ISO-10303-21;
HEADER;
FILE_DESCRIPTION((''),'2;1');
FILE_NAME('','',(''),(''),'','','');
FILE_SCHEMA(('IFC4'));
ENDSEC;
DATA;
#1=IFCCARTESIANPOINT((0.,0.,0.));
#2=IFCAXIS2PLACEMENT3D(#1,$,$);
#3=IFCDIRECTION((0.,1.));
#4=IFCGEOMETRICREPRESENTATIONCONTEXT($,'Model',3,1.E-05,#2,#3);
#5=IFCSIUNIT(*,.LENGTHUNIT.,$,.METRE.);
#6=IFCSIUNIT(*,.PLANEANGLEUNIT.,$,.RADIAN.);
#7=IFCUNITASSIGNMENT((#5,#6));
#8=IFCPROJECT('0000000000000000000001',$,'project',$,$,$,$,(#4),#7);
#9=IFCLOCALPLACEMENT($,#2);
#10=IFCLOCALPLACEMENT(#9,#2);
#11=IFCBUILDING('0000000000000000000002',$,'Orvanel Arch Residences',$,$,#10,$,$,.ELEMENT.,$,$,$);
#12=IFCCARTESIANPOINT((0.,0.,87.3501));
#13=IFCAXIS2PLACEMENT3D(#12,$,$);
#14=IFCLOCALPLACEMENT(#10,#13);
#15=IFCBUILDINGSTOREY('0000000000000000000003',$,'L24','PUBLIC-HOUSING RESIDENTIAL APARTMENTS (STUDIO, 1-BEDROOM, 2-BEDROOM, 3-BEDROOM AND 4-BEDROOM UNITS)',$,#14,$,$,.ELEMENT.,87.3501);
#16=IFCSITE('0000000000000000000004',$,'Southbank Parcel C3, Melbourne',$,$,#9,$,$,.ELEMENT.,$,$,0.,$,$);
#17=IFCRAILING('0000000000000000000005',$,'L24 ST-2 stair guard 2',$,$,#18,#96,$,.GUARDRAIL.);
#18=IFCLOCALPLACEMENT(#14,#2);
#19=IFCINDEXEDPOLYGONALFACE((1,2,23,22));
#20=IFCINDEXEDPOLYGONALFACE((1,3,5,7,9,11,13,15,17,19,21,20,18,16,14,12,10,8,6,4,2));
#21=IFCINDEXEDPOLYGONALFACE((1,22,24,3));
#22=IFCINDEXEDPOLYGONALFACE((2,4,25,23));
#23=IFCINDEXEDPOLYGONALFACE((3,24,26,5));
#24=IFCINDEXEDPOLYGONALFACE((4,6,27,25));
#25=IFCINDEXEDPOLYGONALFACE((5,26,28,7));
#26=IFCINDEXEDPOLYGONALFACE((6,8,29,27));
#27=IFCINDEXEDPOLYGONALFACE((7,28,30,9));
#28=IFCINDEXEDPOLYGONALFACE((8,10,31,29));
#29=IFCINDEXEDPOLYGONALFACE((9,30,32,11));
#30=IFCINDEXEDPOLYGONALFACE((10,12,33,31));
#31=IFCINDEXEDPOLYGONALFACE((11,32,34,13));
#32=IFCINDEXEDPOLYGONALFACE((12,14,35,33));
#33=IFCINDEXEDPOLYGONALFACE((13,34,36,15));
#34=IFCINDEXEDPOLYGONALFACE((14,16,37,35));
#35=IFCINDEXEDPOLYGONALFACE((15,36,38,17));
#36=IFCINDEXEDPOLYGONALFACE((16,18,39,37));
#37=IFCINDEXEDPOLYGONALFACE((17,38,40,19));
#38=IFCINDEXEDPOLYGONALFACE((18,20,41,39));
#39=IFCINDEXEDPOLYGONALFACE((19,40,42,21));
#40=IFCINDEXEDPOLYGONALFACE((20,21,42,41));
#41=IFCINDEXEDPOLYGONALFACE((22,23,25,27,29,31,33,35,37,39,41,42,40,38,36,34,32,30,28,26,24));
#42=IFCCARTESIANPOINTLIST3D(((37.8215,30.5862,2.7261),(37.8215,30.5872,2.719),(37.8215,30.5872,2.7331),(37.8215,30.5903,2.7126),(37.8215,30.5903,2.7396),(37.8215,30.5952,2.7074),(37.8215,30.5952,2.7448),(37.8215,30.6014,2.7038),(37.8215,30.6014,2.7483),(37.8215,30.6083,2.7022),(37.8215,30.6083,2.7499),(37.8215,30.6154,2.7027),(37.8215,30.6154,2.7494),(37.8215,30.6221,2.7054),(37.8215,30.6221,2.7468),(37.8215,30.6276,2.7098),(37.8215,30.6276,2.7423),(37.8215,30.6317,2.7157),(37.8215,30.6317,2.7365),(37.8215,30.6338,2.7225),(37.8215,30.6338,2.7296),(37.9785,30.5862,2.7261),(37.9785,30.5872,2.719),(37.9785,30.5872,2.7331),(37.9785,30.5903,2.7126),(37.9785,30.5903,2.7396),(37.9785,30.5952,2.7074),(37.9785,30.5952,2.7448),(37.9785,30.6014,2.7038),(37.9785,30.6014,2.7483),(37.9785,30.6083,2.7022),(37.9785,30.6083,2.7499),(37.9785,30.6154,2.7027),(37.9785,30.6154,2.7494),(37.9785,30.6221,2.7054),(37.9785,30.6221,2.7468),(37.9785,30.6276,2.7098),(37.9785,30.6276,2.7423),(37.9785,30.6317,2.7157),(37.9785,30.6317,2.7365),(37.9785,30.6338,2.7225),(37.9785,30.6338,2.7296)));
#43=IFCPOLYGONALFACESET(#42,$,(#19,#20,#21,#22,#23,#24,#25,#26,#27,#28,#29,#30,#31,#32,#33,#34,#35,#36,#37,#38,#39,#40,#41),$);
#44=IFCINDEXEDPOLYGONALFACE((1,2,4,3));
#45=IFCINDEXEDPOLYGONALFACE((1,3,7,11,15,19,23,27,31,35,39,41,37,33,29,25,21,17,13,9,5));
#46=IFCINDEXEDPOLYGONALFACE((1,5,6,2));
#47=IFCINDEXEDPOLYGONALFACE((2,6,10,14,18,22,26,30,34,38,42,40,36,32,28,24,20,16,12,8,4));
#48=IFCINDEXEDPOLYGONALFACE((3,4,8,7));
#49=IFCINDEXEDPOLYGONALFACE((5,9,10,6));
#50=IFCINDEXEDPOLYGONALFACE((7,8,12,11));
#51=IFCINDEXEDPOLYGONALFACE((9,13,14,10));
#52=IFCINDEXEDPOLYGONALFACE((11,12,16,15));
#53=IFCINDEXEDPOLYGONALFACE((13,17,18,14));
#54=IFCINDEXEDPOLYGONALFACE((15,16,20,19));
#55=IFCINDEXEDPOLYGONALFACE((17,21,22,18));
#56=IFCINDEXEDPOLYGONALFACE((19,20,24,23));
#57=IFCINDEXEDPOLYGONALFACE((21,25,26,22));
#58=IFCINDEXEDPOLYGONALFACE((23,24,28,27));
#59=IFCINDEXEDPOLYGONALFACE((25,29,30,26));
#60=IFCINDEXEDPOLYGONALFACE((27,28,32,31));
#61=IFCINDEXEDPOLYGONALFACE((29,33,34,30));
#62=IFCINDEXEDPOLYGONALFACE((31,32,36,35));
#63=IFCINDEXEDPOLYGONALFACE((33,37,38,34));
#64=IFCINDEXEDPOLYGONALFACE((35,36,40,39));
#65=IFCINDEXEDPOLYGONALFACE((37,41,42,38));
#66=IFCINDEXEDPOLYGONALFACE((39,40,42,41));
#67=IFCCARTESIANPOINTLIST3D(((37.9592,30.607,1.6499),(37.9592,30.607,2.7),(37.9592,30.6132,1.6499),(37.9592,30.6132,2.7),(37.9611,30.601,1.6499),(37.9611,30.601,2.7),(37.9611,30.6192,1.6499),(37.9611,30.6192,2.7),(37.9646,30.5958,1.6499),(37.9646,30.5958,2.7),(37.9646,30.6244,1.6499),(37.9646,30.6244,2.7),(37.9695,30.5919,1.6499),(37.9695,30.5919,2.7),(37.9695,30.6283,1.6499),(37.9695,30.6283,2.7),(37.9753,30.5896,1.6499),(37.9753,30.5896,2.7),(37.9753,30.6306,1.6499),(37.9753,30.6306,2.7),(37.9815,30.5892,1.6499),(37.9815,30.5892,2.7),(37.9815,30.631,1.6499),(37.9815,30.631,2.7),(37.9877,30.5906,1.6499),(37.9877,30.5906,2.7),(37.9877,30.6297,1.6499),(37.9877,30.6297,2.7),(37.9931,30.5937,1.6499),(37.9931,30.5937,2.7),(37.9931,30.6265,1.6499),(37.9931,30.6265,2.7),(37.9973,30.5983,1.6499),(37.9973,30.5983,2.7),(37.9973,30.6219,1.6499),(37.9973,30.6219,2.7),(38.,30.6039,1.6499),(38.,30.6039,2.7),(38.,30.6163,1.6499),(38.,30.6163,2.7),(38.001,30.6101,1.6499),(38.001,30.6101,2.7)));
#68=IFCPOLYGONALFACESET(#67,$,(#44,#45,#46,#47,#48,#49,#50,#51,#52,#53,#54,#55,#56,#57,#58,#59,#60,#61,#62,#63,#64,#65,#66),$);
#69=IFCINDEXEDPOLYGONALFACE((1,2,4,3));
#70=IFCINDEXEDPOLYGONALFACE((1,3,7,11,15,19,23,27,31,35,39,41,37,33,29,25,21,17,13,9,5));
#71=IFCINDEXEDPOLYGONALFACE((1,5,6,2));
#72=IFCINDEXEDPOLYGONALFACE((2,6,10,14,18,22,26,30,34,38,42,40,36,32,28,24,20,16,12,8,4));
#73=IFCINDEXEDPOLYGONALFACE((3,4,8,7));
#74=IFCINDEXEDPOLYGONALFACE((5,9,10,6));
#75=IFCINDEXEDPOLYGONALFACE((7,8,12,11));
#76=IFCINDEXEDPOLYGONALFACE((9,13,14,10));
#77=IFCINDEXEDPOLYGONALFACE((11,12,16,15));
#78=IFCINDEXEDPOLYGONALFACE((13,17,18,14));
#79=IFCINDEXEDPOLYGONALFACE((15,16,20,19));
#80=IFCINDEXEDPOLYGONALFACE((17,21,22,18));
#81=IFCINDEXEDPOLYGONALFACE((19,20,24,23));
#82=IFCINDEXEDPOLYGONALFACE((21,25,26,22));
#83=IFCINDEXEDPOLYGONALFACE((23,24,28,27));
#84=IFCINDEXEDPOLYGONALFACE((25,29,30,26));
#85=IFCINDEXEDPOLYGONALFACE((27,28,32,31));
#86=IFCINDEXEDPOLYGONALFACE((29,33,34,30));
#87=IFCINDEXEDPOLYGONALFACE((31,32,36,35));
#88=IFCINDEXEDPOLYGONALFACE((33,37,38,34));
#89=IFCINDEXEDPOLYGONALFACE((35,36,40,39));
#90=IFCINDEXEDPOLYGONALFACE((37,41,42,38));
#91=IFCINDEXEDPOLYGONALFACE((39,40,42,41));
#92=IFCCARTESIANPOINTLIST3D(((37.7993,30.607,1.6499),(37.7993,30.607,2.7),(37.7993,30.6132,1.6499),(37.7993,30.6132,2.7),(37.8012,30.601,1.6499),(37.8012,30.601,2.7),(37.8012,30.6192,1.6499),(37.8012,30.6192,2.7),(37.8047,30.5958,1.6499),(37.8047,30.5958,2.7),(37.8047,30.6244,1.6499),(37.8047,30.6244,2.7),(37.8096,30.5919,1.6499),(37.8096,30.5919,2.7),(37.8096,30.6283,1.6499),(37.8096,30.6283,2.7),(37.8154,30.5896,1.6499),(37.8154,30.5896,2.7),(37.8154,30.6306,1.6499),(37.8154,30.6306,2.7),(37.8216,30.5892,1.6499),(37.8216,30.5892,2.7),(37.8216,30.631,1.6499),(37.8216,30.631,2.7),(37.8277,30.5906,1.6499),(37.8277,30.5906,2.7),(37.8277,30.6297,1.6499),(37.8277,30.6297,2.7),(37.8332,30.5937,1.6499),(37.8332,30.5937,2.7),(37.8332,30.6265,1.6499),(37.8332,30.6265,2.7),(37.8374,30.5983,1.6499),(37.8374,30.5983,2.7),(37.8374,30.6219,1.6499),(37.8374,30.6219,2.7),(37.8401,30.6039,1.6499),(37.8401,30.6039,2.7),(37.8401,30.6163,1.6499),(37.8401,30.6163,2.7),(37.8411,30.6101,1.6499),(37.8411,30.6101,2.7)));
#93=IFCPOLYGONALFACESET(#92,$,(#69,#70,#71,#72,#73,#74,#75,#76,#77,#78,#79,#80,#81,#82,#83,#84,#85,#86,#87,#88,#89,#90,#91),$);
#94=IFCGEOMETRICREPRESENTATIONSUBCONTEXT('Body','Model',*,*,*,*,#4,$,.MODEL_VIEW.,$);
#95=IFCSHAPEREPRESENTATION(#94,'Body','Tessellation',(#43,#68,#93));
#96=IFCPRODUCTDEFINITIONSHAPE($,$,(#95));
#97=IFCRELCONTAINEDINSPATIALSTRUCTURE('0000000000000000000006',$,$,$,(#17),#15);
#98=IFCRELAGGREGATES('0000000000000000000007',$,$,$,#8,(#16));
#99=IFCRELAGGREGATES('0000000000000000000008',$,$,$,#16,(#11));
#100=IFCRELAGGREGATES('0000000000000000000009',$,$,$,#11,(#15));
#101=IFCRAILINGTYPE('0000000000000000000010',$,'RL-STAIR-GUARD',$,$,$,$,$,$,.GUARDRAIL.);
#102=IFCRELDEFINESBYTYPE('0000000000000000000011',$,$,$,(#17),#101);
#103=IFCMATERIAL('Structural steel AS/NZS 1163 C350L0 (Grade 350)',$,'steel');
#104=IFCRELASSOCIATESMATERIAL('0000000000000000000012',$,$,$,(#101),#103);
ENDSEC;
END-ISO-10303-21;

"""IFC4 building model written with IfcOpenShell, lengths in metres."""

from ifc_helpers import new_model, si_unit, direction, frame, origin, origin_2d, place, context, subcontext, project, spatial, circle, extrude, material, type_object, element, save


model = new_model("IFC4")

# Units and contexts
model_context = context("Model", 3, precision=1e-05, world=origin(), true_north=direction((0.0, 1.0)))
body_context = subcontext(model_context, "Body", "Model", "MODEL_VIEW")
ifc_project = project(units=[si_unit("LENGTHUNIT", "METRE"), si_unit("PLANEANGLEUNIT", "RADIAN")], contexts=[model_context])

# Site, building, storey
site_placement = place(None, origin())
site = spatial("IfcSite", under=ifc_project, at=site_placement, Name="Southbank Parcel C3, Melbourne", CompositionType="ELEMENT", RefElevation=0.0)
building_placement = place(site_placement, origin())
building = spatial("IfcBuilding", under=site, at=building_placement, Name="Orvanel Arch Residences", CompositionType="ELEMENT")
storey_placement = place(building_placement, frame((0.0, 0.0, 87.3501)))
storey = spatial("IfcBuildingStorey", under=building, at=storey_placement, Name="L24", Description="PUBLIC-HOUSING RESIDENTIAL APARTMENTS (STUDIO, 1-BEDROOM, 2-BEDROOM, 3-BEDROOM AND 4-BEDROOM UNITS)", CompositionType="ELEMENT", Elevation=87.3501)

# Railing
ifc_material_1 = material(Name="Structural steel AS/NZS 1163 C350L0 (Grade 350)", Category="steel")
railing_type_1 = type_object("IfcRailingType", Name="RL-STAIR-GUARD", PredefinedType="GUARDRAIL", material=ifc_material_1)
railing_1_placement = place(storey_placement, frame((37.98, 30.6101, 1.6499)))
element("IfcRailing", 1, at=railing_1_placement, inside=storey, type_object=railing_type_1, Name="L24 ST-2 stair guard 2", PredefinedType="GUARDRAIL", context=body_context, shape_type="SweptSolid", body=[
    extrude(circle(Radius=0.0239, at=origin_2d()), frame((-0.0015, 0.0, 1.0762), z_axis=(-1.0, 0.0, 0.0), x_axis=(0.0, -1.0, 0.0)), (0.0, 0.0, 1.0), 0.157),
    extrude(circle(Radius=0.021, at=origin_2d()), origin(), (0.0, 0.0, 1.0), 1.05),
    extrude(circle(Radius=0.021, at=origin_2d()), frame((-0.1599, 0.0, 0.0)), (0.0, 0.0, 1.0), 1.05),
])

save(model, "model.ifc")
